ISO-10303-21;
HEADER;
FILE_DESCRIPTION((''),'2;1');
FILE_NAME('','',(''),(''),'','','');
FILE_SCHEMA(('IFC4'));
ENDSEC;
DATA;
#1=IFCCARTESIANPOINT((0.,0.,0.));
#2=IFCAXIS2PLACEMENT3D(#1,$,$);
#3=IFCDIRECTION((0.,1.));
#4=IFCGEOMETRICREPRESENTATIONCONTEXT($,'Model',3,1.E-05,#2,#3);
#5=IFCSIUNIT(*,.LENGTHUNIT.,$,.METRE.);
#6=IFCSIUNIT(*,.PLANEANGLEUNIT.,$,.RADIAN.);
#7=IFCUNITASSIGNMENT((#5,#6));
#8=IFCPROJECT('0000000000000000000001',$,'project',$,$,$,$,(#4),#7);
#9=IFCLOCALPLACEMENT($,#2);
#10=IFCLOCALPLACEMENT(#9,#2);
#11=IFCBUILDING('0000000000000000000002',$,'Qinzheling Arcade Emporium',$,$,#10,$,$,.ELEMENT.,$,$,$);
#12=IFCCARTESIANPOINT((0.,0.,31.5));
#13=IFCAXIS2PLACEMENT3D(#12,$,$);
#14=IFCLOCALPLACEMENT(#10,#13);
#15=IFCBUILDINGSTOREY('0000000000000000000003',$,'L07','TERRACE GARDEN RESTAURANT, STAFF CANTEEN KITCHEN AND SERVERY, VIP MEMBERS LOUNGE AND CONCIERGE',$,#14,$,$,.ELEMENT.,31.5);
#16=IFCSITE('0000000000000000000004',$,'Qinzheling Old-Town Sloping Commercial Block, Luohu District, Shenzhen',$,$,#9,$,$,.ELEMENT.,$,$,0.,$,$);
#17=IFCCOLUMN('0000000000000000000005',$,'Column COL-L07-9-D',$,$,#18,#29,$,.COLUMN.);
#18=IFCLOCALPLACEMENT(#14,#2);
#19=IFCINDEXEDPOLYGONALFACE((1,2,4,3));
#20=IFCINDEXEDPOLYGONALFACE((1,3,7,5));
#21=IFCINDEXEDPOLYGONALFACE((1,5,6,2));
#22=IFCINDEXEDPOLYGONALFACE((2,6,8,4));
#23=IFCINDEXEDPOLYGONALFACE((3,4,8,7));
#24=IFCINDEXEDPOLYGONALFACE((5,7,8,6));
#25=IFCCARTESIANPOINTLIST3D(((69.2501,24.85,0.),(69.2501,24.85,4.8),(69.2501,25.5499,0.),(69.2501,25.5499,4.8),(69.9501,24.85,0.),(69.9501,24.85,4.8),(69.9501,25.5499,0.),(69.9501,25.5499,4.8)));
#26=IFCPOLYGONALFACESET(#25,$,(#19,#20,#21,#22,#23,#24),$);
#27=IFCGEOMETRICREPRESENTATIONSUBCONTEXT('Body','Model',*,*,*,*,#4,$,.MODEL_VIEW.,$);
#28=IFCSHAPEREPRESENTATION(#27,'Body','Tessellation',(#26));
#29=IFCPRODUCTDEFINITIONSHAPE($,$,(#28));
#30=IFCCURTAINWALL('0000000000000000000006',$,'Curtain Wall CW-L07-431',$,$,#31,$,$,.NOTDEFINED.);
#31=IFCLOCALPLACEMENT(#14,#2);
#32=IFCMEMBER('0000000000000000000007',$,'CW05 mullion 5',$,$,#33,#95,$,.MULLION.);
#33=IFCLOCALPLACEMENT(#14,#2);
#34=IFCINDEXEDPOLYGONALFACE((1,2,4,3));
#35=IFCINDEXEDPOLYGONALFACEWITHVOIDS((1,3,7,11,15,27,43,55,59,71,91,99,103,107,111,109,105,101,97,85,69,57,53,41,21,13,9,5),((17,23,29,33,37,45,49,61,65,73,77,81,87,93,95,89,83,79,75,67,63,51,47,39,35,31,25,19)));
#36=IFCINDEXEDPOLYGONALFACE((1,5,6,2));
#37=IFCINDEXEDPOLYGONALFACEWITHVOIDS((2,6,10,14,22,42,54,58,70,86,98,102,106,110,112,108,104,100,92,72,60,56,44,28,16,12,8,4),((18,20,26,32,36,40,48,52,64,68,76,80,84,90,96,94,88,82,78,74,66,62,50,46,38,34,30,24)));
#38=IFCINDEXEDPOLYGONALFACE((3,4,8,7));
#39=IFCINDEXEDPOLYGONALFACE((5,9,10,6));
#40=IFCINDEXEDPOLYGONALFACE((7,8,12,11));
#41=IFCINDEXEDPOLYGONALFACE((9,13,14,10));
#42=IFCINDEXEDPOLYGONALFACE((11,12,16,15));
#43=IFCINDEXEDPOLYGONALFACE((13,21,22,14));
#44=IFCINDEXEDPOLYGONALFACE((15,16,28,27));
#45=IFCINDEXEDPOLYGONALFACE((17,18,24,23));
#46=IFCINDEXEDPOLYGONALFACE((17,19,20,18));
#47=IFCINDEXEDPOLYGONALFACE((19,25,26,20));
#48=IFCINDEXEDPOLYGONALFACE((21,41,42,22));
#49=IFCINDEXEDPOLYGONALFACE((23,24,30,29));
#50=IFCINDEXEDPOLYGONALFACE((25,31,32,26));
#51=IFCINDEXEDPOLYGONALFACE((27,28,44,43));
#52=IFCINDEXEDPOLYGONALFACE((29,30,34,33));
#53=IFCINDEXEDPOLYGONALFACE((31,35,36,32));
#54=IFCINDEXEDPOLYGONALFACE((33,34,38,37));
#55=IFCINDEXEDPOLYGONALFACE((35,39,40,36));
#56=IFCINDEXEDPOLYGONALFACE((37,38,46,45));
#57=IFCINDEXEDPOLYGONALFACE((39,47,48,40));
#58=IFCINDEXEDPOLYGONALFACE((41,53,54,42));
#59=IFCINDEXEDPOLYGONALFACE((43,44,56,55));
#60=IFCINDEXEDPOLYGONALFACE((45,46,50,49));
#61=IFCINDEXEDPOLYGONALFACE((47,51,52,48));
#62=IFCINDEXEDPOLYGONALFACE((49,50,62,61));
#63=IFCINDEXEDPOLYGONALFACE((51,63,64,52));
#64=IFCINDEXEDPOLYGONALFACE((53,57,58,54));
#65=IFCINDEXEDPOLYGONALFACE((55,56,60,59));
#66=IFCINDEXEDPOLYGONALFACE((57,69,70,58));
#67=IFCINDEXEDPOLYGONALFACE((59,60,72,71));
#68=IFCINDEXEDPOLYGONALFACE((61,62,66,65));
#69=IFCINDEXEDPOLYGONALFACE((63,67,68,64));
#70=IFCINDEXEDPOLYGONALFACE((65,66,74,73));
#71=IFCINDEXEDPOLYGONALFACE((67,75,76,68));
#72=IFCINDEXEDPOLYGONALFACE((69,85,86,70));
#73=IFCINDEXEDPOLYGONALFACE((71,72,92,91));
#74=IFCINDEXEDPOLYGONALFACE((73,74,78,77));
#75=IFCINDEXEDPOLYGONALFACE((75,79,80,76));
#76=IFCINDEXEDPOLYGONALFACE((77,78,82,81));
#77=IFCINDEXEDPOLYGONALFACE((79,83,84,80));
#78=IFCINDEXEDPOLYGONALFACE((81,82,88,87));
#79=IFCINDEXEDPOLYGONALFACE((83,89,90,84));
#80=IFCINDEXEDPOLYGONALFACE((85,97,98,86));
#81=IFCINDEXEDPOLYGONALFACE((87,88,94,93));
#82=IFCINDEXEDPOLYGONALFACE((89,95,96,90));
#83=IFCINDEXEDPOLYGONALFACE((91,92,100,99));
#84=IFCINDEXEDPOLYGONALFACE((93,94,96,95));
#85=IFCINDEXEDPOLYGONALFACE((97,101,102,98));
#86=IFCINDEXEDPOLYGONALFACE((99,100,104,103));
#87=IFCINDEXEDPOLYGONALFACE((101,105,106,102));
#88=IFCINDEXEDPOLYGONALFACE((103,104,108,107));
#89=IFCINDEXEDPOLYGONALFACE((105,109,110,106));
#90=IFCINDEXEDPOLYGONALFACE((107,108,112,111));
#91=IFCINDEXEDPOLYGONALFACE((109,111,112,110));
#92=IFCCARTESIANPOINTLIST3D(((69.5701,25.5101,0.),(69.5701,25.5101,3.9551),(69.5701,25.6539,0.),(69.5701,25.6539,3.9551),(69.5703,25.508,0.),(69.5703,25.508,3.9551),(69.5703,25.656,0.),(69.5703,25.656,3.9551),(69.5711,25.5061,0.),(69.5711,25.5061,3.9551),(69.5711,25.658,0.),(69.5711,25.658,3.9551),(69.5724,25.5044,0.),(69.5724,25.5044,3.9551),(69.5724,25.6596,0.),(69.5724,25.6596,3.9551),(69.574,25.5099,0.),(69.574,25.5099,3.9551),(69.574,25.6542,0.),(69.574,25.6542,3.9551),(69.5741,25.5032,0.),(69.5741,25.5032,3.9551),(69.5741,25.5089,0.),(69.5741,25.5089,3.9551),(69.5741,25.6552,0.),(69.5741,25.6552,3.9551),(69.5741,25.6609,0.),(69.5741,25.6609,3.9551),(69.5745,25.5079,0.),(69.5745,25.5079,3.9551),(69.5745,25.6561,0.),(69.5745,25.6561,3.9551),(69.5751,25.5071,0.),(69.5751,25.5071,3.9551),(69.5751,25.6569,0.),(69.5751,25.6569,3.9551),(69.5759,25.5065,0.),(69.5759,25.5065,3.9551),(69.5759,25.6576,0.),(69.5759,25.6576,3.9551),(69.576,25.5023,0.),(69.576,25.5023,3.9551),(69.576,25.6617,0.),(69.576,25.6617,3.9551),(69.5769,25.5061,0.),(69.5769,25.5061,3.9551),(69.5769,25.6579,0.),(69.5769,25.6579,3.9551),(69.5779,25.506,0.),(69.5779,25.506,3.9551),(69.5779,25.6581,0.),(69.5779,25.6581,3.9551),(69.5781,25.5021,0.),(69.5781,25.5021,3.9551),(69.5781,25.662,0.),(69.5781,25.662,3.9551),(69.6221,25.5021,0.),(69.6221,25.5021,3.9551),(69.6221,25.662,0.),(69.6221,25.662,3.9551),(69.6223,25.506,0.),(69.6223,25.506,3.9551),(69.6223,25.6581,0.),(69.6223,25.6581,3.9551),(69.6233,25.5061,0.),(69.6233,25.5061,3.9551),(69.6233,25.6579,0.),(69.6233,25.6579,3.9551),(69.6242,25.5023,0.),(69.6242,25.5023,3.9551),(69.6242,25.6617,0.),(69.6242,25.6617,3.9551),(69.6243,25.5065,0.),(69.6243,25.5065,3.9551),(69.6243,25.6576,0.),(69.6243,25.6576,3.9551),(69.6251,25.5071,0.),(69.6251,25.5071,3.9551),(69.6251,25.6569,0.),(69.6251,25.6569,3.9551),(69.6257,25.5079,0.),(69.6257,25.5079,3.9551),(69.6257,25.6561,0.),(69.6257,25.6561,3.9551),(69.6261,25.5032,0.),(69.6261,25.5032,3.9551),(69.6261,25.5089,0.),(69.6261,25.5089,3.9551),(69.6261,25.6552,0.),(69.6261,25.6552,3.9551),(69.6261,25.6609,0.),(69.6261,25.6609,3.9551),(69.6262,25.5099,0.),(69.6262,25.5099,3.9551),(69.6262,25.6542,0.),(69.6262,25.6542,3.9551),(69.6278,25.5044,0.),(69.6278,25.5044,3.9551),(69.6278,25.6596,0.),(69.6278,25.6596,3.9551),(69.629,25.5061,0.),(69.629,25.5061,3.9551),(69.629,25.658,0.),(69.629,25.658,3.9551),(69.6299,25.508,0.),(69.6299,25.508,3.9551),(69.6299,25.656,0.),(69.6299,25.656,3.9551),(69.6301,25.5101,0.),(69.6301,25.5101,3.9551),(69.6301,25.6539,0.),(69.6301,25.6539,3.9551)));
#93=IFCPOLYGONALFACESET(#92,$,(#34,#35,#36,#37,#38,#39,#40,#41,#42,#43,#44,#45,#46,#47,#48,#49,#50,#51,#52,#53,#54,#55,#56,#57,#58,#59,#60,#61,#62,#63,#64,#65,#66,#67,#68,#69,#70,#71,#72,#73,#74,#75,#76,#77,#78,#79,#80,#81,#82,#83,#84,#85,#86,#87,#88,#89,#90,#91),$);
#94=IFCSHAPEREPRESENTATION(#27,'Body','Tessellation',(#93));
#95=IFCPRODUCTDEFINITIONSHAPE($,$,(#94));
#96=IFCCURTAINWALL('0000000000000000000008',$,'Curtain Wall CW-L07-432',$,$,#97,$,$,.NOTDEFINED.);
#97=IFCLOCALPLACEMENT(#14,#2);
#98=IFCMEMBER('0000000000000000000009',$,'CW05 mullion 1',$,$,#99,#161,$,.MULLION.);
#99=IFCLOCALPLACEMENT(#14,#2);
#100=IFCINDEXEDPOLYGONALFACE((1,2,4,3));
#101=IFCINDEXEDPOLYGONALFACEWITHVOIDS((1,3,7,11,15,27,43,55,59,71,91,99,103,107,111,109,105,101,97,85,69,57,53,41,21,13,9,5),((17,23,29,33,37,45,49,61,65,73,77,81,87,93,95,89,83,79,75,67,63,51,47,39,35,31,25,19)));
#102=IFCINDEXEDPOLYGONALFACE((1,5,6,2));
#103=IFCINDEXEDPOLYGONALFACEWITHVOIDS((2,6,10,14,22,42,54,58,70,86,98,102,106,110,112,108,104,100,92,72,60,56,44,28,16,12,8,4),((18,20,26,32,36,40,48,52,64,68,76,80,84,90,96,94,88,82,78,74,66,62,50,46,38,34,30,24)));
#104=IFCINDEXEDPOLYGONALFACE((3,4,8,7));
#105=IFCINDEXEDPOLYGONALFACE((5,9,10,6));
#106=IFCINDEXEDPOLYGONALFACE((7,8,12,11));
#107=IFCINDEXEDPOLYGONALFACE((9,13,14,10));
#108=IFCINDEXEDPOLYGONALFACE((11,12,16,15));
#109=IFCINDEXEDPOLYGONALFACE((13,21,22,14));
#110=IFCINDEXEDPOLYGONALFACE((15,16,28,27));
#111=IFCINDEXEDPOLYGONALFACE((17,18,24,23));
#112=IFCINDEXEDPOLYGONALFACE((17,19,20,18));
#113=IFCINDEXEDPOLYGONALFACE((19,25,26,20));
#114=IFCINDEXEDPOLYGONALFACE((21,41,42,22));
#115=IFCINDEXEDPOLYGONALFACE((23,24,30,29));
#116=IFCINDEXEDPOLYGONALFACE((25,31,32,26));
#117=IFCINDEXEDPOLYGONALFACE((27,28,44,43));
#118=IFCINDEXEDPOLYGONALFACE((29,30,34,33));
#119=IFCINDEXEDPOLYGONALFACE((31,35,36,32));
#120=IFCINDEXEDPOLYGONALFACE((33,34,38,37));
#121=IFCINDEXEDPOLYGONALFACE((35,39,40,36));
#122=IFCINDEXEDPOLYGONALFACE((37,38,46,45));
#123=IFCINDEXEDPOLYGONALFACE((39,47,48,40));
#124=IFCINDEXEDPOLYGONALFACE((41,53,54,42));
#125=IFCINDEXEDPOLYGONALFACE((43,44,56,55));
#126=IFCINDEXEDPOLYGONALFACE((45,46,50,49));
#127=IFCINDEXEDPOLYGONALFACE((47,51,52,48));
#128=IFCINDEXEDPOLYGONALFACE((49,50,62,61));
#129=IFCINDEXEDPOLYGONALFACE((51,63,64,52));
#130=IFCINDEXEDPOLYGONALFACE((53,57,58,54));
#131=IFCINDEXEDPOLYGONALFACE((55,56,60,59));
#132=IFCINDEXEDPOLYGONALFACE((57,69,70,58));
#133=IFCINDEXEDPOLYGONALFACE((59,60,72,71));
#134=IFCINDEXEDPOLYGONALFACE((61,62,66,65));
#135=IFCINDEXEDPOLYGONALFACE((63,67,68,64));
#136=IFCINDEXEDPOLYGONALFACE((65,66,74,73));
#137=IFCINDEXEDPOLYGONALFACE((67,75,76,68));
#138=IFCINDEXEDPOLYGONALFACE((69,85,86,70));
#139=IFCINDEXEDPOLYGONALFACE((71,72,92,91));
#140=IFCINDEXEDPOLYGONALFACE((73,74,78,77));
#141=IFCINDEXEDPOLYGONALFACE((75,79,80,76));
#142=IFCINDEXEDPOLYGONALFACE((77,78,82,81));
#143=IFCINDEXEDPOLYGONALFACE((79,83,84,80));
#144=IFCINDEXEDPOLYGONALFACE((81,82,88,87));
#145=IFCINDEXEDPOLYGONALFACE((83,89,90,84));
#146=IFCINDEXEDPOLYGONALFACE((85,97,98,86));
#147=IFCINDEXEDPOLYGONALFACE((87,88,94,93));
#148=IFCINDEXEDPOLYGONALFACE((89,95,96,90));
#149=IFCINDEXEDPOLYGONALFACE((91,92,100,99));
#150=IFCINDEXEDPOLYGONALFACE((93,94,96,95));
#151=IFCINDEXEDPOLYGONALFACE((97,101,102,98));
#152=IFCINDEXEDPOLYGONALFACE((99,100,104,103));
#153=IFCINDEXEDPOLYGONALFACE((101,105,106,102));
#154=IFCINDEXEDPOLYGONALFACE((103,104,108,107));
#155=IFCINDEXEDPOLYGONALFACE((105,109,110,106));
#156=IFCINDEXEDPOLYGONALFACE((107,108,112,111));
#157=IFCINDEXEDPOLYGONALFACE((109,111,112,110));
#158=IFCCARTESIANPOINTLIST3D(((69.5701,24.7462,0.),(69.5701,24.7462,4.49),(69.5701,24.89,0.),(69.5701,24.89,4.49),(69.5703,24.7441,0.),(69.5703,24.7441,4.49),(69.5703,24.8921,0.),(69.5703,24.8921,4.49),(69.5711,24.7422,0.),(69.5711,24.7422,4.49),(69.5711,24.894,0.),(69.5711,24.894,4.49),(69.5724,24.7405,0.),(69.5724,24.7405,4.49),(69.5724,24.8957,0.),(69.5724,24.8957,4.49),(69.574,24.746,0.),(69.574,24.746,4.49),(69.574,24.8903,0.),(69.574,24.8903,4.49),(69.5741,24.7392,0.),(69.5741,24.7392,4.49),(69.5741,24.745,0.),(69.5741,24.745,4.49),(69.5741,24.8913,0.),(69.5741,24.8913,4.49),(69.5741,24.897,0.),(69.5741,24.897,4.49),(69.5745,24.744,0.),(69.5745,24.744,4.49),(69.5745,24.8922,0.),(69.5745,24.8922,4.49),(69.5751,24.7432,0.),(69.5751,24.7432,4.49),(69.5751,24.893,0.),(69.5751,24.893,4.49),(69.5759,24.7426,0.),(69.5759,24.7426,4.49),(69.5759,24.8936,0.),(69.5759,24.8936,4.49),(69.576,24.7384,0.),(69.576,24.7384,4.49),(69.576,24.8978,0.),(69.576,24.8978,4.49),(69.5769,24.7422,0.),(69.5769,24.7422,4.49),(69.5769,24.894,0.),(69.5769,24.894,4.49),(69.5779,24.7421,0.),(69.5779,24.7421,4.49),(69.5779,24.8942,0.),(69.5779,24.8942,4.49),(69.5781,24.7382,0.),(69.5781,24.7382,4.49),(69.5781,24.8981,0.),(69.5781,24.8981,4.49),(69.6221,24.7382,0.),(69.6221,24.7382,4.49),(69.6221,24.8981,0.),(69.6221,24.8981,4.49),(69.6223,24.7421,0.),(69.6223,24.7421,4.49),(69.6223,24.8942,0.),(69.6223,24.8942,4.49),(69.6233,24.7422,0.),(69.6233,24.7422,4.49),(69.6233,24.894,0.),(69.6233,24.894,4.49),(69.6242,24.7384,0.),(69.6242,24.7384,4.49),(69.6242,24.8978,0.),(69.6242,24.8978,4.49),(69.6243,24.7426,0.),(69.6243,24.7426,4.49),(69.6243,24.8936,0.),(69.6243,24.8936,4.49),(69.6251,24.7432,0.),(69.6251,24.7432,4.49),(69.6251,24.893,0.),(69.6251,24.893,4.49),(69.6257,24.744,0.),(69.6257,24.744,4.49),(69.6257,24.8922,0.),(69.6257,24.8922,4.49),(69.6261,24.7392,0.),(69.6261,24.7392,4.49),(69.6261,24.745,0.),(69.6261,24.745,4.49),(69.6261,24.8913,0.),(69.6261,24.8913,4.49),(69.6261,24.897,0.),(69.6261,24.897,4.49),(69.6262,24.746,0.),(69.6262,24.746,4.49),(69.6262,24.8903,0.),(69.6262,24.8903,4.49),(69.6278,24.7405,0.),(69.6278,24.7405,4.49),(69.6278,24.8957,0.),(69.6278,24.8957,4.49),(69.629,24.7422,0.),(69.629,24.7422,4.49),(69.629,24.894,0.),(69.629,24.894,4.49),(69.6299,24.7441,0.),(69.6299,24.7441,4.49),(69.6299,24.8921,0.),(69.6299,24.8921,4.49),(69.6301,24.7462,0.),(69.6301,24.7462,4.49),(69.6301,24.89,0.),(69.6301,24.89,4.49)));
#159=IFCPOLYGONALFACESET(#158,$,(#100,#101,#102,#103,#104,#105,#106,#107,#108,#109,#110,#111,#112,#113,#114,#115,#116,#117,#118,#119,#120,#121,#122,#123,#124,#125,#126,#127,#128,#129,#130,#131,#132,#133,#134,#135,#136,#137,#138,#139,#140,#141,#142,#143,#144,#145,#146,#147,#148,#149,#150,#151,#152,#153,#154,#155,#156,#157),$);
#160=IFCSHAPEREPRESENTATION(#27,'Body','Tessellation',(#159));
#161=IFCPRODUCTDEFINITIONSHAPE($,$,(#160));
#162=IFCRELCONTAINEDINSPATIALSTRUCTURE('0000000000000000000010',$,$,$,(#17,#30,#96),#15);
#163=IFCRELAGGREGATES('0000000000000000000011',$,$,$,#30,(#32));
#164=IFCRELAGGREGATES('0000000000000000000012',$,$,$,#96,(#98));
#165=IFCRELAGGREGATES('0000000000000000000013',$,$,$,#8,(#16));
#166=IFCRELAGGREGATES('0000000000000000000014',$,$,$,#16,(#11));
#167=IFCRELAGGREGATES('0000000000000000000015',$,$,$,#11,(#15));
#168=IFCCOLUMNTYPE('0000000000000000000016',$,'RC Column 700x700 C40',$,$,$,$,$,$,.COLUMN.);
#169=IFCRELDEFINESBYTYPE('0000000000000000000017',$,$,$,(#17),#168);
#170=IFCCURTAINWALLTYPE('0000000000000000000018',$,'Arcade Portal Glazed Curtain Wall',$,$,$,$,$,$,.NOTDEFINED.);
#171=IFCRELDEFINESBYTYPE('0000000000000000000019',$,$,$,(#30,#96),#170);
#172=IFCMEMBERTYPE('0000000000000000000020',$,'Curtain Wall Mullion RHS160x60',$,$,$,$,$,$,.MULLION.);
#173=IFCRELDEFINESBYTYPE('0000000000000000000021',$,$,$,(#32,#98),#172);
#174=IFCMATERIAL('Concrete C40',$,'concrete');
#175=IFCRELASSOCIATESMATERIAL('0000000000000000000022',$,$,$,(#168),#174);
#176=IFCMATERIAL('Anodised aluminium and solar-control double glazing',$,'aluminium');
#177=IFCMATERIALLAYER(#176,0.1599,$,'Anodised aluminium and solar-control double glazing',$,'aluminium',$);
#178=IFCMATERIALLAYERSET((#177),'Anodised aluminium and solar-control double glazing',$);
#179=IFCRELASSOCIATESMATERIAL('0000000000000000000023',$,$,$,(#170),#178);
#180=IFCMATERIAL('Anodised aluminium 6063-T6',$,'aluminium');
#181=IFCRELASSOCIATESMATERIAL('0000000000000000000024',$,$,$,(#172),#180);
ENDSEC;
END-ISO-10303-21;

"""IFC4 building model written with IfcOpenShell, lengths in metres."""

from ifc_helpers import new_model, si_unit, direction, frame, origin, origin_2d, place, context, subcontext, project, spatial, rectangle, hollow_rectangle, extrude, material, layer, layer_set, material_profile, profile_set, type_object, element, aggregate, save


model = new_model("IFC4")

# Units and contexts
model_context = context("Model", 3, precision=1e-05, world=origin(), true_north=direction((0.0, 1.0)))
body_context = subcontext(model_context, "Body", "Model", "MODEL_VIEW")
ifc_project = project(units=[si_unit("LENGTHUNIT", "METRE"), si_unit("PLANEANGLEUNIT", "RADIAN")], contexts=[model_context])

# Site, building, storey
site_placement = place(None, origin())
site = spatial("IfcSite", under=ifc_project, at=site_placement, Name="Qinzheling Old-Town Sloping Commercial Block, Luohu District, Shenzhen", CompositionType="ELEMENT", RefElevation=0.0)
building_placement = place(site_placement, origin())
building = spatial("IfcBuilding", under=site, at=building_placement, Name="Qinzheling Arcade Emporium", CompositionType="ELEMENT")
storey_placement = place(building_placement, frame((0.0, 0.0, 31.5)))
storey = spatial("IfcBuildingStorey", under=building, at=storey_placement, Name="L07", Description="TERRACE GARDEN RESTAURANT, STAFF CANTEEN KITCHEN AND SERVERY, VIP MEMBERS LOUNGE AND CONCIERGE", CompositionType="ELEMENT", Elevation=31.5)

# Column
ifc_material_1 = material(Name="Concrete C40", Category="concrete")
ifc_material_profile_1 = material_profile(ifc_material_1, rectangle(XDim=0.7, YDim=0.7, at=origin_2d()), Name="RC 700x700", Category="concrete")
ifc_profile_set_1 = profile_set([ifc_material_profile_1], Name="Concrete C40")
column_type = type_object("IfcColumnType", Name="RC Column 700x700 C40", PredefinedType="COLUMN", material=ifc_profile_set_1)
column_placement = place(storey_placement, frame((69.6001, 25.2, 0.0), z_axis=(0.0, 0.0, 1.0), x_axis=(1.0, 0.0, 0.0)))
element("IfcColumn", 1, at=column_placement, inside=storey, type_object=column_type, Name="Column COL-L07-9-D", PredefinedType="COLUMN", context=body_context, shape_type="SweptSolid", body=[
    extrude(rectangle(XDim=0.7, YDim=0.7, at=origin_2d()), origin(), (0.0, 0.0, 1.0), 4.8),
])

# Curtain wall, member
ifc_material_2 = material(Name="Anodised aluminium and solar-control double glazing", Category="aluminium")
ifc_layer_1 = layer(ifc_material_2, 0.1599, Name="Anodised aluminium and solar-control double glazing", Category="aluminium")
ifc_layer_set_1 = layer_set([ifc_layer_1], Name="Anodised aluminium and solar-control double glazing")
curtain_wall_type = type_object("IfcCurtainWallType", Name="Arcade Portal Glazed Curtain Wall", PredefinedType="NOTDEFINED", material=ifc_layer_set_1)
curtain_wall_1_placement = place(storey_placement, origin())
curtain_wall_1 = element("IfcCurtainWall", 2, at=curtain_wall_1_placement, inside=storey, type_object=curtain_wall_type, Name="Curtain Wall CW-L07-431", PredefinedType="NOTDEFINED")
ifc_material_3 = material(Name="Anodised aluminium 6063-T6", Category="aluminium")
ifc_material_profile_2 = material_profile(ifc_material_3, hollow_rectangle(XDim=0.0601, YDim=0.1599, WallThickness=0.0039, InnerFilletRadius=0.0039, OuterFilletRadius=0.0081, at=origin_2d()), Name="RHS 160x60x4", Category="aluminium")
ifc_profile_set_2 = profile_set([ifc_material_profile_2], Name="Anodised aluminium 6063-T6")
member_type_1 = type_object("IfcMemberType", Name="Curtain Wall Mullion RHS160x60", PredefinedType="MULLION", material=ifc_profile_set_2)
member_1_placement = place(storey_placement, frame((69.6001, 25.582, 0.0), z_axis=(0.0, 0.0, 1.0), x_axis=(1.0, 0.0, 0.0)))
member_1 = element("IfcMember", 3, at=member_1_placement, type_object=member_type_1, Name="CW05 mullion 5", PredefinedType="MULLION", context=body_context, shape_type="SweptSolid", body=[
    extrude(hollow_rectangle(XDim=0.0601, YDim=0.1599, WallThickness=0.0039, InnerFilletRadius=0.0039, OuterFilletRadius=0.0081, at=origin_2d()), origin(), (0.0, 0.0, 1.0), 3.9551),
])

# Curtain wall, member
curtain_wall_2_placement = place(storey_placement, origin())
curtain_wall_2 = element("IfcCurtainWall", 4, at=curtain_wall_2_placement, inside=storey, type_object=curtain_wall_type, Name="Curtain Wall CW-L07-432", PredefinedType="NOTDEFINED")
member_2_placement = place(storey_placement, frame((69.6001, 24.8181, 0.0), z_axis=(0.0, 0.0, 1.0), x_axis=(1.0, 0.0, 0.0)))
member_2 = element("IfcMember", 5, at=member_2_placement, type_object=member_type_1, Name="CW05 mullion 1", PredefinedType="MULLION", context=body_context, shape_type="SweptSolid", body=[
    extrude(hollow_rectangle(XDim=0.0601, YDim=0.1599, WallThickness=0.0039, InnerFilletRadius=0.0039, OuterFilletRadius=0.0081, at=origin_2d()), origin(), (0.0, 0.0, 1.0), 4.49),
])

aggregate(curtain_wall_1, [member_1])
aggregate(curtain_wall_2, [member_2])

save(model, "model.ifc")
